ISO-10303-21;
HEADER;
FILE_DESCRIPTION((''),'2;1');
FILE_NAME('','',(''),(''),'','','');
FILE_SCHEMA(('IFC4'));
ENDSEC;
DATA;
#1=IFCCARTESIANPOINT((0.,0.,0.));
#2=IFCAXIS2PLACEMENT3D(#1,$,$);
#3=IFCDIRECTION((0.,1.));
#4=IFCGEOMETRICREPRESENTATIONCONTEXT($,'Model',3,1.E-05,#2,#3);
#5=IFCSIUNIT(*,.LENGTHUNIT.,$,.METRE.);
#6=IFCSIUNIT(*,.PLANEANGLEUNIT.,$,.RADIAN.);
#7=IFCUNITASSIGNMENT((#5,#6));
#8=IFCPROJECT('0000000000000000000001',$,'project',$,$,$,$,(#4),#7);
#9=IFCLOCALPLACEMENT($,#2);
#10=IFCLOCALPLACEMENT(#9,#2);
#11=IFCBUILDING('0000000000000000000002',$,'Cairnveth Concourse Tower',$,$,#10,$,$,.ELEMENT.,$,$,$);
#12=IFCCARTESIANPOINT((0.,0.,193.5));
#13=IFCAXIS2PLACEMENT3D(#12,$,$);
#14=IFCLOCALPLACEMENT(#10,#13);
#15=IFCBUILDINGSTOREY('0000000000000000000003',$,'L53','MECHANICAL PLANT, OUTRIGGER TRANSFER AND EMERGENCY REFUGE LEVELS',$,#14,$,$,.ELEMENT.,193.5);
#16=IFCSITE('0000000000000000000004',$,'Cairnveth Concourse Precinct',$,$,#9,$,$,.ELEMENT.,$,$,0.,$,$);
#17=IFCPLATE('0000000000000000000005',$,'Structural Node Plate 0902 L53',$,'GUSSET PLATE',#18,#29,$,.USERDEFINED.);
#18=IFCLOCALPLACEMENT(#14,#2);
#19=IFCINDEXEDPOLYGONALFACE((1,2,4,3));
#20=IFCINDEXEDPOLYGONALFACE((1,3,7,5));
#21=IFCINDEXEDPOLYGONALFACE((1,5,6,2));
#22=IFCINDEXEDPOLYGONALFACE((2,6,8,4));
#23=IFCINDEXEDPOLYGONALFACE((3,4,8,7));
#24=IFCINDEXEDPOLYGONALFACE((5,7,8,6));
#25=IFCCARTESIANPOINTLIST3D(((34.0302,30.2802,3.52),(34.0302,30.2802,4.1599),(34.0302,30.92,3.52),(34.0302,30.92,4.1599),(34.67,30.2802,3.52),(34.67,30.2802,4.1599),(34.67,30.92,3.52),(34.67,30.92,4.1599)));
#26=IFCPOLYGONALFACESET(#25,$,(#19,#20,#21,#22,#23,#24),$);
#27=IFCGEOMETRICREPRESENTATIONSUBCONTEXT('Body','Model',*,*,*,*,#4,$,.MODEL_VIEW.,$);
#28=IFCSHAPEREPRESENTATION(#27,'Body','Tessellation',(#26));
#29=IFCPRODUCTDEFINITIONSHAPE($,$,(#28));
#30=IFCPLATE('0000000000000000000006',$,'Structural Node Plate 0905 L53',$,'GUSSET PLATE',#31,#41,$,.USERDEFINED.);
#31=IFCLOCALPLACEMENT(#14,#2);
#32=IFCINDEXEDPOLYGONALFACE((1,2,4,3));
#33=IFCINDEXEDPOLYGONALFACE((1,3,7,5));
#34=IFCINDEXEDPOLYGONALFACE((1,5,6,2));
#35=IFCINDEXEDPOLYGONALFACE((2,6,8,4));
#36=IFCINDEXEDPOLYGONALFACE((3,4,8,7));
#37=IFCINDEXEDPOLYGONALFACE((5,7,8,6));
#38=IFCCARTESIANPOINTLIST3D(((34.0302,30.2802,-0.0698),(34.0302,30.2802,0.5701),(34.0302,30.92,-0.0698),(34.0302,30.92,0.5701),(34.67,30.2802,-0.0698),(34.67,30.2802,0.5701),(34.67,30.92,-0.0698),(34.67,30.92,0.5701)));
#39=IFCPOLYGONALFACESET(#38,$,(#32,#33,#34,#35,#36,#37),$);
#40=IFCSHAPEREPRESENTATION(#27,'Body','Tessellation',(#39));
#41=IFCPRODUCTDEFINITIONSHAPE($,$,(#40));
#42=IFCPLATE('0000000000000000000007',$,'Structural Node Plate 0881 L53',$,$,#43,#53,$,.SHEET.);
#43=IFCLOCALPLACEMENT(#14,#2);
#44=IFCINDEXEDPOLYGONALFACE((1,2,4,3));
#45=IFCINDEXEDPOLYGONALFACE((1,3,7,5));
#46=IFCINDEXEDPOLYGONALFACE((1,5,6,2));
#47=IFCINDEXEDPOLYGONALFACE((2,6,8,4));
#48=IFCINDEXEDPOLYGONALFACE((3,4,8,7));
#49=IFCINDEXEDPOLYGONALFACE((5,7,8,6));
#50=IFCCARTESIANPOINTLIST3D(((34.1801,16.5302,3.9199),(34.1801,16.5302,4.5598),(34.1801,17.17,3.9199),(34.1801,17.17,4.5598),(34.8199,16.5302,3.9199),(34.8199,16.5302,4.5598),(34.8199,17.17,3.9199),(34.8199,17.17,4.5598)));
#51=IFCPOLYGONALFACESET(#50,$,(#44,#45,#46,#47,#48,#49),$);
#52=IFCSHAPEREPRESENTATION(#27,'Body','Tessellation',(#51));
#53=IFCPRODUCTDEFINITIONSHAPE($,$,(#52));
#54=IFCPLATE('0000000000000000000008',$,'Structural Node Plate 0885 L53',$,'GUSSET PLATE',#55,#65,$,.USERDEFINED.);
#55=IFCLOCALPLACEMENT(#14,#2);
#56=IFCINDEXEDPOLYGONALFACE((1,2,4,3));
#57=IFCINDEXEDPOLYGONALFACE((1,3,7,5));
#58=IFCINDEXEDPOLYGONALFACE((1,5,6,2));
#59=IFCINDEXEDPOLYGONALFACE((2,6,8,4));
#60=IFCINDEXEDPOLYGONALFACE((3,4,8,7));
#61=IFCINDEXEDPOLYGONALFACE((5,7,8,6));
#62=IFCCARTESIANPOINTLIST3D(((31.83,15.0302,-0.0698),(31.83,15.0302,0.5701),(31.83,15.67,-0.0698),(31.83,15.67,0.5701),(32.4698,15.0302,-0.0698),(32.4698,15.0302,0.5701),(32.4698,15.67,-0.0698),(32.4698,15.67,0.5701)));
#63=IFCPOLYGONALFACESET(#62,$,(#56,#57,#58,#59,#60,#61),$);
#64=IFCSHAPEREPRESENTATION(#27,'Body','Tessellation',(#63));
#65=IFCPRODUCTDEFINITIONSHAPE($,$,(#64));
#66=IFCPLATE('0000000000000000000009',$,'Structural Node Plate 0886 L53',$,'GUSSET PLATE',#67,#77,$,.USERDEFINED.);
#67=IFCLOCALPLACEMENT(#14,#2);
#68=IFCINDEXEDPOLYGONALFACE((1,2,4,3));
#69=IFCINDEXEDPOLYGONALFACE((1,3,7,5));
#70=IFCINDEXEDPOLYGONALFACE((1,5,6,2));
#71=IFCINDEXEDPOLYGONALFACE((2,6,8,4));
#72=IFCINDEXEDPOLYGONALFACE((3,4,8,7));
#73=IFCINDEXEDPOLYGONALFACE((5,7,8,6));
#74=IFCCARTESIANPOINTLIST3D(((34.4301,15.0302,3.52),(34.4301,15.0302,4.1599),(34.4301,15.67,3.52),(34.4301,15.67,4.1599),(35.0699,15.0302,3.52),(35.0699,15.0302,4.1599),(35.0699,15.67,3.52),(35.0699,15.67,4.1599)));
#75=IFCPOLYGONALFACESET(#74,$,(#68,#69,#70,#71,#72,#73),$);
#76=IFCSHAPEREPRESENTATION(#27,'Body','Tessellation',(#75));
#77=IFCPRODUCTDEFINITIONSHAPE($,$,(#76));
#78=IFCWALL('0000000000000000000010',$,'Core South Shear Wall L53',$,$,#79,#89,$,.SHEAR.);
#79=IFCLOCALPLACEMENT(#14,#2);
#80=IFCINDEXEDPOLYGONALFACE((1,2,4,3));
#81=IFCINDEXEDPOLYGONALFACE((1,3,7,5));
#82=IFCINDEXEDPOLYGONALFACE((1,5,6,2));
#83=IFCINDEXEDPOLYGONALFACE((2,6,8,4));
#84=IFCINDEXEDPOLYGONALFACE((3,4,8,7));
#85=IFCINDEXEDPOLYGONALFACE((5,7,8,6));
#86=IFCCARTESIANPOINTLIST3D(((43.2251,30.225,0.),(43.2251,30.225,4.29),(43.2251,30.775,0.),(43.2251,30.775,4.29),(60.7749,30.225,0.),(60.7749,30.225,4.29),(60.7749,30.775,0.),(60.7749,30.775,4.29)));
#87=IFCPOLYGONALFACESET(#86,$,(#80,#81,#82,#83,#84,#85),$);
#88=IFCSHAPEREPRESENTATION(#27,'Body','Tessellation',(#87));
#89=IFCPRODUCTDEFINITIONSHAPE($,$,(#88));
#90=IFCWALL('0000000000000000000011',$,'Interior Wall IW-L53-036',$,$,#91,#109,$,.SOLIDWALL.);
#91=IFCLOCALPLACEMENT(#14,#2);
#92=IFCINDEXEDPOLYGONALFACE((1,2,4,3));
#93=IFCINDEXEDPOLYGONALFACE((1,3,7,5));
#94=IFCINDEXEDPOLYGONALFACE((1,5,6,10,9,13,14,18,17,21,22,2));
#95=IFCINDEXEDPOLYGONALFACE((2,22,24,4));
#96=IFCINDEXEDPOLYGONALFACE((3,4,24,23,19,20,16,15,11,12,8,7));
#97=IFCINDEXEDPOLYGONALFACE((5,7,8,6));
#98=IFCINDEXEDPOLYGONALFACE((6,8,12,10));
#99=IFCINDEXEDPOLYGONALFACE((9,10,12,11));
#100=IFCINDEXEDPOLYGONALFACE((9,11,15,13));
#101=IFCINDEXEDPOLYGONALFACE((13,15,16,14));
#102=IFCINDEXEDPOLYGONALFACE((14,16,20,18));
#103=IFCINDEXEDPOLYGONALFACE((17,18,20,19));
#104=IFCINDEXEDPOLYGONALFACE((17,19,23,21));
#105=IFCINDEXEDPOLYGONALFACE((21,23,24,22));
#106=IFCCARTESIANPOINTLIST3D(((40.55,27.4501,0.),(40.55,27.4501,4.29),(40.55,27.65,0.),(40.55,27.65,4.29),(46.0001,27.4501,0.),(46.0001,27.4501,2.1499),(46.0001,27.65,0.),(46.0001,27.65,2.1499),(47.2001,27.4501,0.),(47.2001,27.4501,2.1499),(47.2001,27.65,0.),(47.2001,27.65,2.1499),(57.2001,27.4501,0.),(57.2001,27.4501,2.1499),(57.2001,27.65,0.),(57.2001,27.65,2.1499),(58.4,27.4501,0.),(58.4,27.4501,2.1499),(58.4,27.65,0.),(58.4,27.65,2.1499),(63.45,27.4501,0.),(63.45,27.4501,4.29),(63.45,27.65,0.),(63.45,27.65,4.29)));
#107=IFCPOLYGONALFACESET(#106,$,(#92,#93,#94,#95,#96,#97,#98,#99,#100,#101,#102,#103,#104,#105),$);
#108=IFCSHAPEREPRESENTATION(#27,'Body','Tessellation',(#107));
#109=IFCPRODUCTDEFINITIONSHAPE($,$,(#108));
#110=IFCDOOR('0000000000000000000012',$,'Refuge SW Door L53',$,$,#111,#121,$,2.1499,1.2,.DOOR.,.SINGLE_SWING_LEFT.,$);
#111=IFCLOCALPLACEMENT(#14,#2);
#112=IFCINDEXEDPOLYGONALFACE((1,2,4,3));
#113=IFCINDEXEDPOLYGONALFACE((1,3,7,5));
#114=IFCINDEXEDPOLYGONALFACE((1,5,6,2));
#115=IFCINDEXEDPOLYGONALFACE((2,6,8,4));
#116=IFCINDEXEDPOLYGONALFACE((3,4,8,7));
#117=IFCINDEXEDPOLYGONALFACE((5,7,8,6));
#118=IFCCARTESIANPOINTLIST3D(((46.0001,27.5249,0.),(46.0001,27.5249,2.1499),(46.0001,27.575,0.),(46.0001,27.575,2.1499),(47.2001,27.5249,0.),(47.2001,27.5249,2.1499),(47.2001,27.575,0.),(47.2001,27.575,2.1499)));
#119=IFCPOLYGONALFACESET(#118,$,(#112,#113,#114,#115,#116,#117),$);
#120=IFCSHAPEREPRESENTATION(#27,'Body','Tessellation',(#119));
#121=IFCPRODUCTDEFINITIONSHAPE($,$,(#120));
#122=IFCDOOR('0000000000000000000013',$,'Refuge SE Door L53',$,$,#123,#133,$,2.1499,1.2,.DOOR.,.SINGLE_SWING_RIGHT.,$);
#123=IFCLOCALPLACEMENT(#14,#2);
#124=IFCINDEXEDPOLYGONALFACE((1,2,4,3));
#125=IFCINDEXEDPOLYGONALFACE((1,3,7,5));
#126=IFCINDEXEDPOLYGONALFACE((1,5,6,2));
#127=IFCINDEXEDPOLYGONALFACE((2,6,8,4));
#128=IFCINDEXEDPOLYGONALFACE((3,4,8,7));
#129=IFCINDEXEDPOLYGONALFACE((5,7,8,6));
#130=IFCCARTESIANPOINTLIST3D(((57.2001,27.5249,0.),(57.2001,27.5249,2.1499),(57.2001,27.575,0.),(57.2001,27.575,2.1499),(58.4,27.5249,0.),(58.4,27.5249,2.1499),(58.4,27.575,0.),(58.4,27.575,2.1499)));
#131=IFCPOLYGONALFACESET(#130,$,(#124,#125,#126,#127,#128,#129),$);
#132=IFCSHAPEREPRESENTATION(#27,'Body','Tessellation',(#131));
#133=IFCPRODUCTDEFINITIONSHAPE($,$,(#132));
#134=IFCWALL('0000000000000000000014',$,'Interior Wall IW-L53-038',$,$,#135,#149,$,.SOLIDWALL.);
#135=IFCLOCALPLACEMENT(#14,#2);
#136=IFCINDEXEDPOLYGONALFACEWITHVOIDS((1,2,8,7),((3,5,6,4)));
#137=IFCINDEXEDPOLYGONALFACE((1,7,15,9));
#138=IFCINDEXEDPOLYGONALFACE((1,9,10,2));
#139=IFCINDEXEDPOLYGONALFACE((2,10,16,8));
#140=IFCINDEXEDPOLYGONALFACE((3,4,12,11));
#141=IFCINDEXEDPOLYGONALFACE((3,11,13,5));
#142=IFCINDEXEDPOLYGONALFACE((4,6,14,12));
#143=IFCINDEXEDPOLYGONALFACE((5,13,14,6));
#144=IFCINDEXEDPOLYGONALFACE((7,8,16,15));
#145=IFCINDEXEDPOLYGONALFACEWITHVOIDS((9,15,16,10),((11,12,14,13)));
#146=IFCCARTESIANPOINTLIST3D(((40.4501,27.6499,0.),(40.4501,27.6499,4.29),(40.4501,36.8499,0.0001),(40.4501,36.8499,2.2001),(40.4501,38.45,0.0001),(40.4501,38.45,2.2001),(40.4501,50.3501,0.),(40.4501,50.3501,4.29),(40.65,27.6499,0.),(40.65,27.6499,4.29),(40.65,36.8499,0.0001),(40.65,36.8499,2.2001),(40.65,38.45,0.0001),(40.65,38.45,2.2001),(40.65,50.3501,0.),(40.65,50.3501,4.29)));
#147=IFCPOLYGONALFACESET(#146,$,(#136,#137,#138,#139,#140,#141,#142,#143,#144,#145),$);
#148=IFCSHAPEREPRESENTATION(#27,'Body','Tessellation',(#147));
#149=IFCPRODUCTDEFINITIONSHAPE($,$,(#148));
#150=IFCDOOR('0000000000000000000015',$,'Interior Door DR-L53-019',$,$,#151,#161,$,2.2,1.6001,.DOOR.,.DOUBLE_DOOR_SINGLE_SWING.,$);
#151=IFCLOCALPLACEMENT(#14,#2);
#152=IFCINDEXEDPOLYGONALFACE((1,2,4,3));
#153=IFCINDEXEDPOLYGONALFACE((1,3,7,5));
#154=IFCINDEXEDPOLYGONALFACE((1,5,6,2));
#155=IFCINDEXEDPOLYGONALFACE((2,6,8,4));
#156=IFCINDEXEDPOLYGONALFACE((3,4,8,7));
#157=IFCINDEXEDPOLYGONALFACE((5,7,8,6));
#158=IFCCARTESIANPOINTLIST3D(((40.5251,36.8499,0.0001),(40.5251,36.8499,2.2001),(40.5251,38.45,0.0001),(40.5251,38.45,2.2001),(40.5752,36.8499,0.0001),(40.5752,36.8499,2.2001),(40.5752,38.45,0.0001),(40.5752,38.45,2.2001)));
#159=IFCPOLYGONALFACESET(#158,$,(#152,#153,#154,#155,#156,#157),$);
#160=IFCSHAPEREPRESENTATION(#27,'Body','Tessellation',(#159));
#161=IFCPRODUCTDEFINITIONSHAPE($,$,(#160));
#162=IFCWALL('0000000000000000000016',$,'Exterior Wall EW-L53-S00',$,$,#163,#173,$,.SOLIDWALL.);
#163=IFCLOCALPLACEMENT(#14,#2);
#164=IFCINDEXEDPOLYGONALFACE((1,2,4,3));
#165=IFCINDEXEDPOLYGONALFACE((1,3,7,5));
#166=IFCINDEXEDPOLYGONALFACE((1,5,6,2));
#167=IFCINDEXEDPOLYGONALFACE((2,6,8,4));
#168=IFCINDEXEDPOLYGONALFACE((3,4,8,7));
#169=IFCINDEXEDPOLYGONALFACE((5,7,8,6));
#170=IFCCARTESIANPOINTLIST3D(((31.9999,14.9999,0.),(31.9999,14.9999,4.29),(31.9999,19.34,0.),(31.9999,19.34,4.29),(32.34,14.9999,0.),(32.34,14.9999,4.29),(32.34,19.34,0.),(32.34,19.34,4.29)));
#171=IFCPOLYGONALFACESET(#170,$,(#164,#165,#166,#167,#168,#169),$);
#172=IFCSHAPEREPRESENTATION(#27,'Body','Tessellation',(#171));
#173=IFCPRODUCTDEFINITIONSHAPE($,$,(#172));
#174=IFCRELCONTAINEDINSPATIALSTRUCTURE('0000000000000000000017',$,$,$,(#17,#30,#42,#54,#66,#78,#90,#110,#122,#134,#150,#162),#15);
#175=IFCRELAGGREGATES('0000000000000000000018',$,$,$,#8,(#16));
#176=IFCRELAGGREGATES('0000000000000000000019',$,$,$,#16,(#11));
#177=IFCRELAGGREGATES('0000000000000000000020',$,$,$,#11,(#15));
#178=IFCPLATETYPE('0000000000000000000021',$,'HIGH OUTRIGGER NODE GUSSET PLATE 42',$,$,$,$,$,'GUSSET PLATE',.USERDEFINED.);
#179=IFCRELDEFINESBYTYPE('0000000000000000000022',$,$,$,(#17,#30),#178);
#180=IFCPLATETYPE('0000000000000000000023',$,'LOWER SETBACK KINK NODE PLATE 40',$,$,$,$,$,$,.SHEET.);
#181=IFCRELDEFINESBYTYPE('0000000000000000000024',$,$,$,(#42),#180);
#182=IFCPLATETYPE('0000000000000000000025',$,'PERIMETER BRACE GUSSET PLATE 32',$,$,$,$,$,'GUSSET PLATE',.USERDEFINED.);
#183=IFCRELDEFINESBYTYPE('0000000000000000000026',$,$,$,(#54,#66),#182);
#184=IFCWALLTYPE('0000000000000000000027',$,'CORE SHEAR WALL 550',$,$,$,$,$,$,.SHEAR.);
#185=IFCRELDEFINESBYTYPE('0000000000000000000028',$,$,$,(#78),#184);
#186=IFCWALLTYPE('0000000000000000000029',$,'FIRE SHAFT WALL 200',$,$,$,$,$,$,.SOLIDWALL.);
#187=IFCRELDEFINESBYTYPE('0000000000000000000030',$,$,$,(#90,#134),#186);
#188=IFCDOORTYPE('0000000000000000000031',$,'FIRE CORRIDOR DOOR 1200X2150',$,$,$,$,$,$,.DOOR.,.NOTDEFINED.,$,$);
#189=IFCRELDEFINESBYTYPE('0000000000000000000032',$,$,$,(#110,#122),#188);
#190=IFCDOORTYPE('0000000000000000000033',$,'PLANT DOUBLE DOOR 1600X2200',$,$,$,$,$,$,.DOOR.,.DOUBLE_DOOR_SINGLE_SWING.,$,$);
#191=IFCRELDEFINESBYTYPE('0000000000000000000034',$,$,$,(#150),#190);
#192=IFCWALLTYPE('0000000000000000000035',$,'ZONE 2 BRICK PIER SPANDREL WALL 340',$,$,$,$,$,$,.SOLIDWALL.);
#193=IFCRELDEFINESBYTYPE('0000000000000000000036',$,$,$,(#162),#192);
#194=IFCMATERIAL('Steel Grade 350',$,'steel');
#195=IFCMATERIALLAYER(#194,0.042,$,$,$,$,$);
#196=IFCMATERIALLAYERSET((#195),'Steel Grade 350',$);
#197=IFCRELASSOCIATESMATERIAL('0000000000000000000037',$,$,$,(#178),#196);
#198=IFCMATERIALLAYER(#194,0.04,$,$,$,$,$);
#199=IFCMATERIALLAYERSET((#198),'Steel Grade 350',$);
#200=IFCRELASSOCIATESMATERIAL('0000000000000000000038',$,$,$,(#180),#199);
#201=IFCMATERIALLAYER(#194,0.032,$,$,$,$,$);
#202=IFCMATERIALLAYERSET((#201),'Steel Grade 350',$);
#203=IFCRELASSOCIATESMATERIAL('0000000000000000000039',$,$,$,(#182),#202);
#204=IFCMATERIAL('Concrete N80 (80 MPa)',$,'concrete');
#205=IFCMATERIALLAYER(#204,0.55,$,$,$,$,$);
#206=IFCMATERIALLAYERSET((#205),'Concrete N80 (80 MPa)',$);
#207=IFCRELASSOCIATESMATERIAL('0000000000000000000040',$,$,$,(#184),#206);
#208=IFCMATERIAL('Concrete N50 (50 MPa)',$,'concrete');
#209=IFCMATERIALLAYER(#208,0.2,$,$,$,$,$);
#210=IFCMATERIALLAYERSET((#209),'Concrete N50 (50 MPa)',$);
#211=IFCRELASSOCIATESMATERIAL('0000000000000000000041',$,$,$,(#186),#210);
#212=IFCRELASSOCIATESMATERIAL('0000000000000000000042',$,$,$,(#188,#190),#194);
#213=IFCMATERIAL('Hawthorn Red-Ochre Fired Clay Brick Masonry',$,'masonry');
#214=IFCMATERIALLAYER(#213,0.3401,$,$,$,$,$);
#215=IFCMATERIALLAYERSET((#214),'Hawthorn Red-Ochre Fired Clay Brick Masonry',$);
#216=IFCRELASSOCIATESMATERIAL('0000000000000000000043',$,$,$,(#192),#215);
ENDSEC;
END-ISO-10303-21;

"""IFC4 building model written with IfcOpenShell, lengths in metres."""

from ifc_helpers import new_model, si_unit, direction, frame, frame_2d, origin, origin_2d, place, context, subcontext, project, spatial, rectangle, extrude, material, layer, layer_set, type_object, element, fill, save


model = new_model("IFC4")

# Units and contexts
model_context = context("Model", 3, precision=1e-05, world=origin(), true_north=direction((0.0, 1.0)))
body_context = subcontext(model_context, "Body", "Model", "MODEL_VIEW")
ifc_project = project(units=[si_unit("LENGTHUNIT", "METRE"), si_unit("PLANEANGLEUNIT", "RADIAN")], contexts=[model_context])

# Site, building, storey
site_placement = place(None, origin())
site = spatial("IfcSite", under=ifc_project, at=site_placement, Name="Cairnveth Concourse Precinct", CompositionType="ELEMENT", RefElevation=0.0)
building_placement = place(site_placement, origin())
building = spatial("IfcBuilding", under=site, at=building_placement, Name="Cairnveth Concourse Tower", CompositionType="ELEMENT")
storey_placement = place(building_placement, frame((0.0, 0.0, 193.5)))
storey = spatial("IfcBuildingStorey", under=building, at=storey_placement, Name="L53", Description="MECHANICAL PLANT, OUTRIGGER TRANSFER AND EMERGENCY REFUGE LEVELS", CompositionType="ELEMENT", Elevation=193.5)

# Shared definitions
ifc_material_1 = material(Name="Steel Grade 350", Category="steel")

# Plates
ifc_layer_1 = layer(ifc_material_1, 0.042)
ifc_layer_set_1 = layer_set([ifc_layer_1], Name="Steel Grade 350")
plate_type_1 = type_object("IfcPlateType", Name="HIGH OUTRIGGER NODE GUSSET PLATE 42", ElementType="GUSSET PLATE", PredefinedType="USERDEFINED", material=ifc_layer_set_1)
for number, where, z_axis, x_axis, name in (
    (1, (34.3501, 30.6001, 3.52), (0.0, 0.0, 1.0), (1.0, 0.0, 0.0), "Structural Node Plate 0902 L53"),
    (2, (34.3501, 30.6001, -0.0698), (0.0, 0.0, 1.0), (1.0, 0.0, 0.0), "Structural Node Plate 0905 L53"),
):
    element("IfcPlate", number, at=place(storey_placement, frame(where, z_axis=z_axis, x_axis=x_axis)), inside=storey, type_object=plate_type_1, Name=name, ObjectType="GUSSET PLATE", PredefinedType="USERDEFINED", context=body_context, shape_type="SweptSolid", body=[
        extrude(rectangle(XDim=0.6399, YDim=0.6399, at=origin_2d()), origin(), (0.0, 0.0, 1.0), 0.6399),
    ])
ifc_layer_2 = layer(ifc_material_1, 0.04)
ifc_layer_set_2 = layer_set([ifc_layer_2], Name="Steel Grade 350")
plate_type_2 = type_object("IfcPlateType", Name="LOWER SETBACK KINK NODE PLATE 40", PredefinedType="SHEET", material=ifc_layer_set_2)
plate_placement = place(storey_placement, frame((34.5, 16.8501, 3.9199), z_axis=(0.0, 0.0, 1.0), x_axis=(1.0, 0.0, 0.0)))
element("IfcPlate", 3, at=plate_placement, inside=storey, type_object=plate_type_2, Name="Structural Node Plate 0881 L53", PredefinedType="SHEET", context=body_context, shape_type="SweptSolid", body=[
    extrude(rectangle(XDim=0.6399, YDim=0.6399, at=origin_2d()), origin(), (0.0, 0.0, 1.0), 0.6399),
])
ifc_layer_3 = layer(ifc_material_1, 0.032)
ifc_layer_set_3 = layer_set([ifc_layer_3], Name="Steel Grade 350")
plate_type_3 = type_object("IfcPlateType", Name="PERIMETER BRACE GUSSET PLATE 32", ElementType="GUSSET PLATE", PredefinedType="USERDEFINED", material=ifc_layer_set_3)
for number, where, z_axis, x_axis, name in (
    (4, (32.1499, 15.3501, -0.0698), (0.0, 0.0, 1.0), (1.0, 0.0, 0.0), "Structural Node Plate 0885 L53"),
    (5, (34.75, 15.3501, 3.52), (0.0, 0.0, 1.0), (1.0, 0.0, 0.0), "Structural Node Plate 0886 L53"),
):
    element("IfcPlate", number, at=place(storey_placement, frame(where, z_axis=z_axis, x_axis=x_axis)), inside=storey, type_object=plate_type_3, Name=name, ObjectType="GUSSET PLATE", PredefinedType="USERDEFINED", context=body_context, shape_type="SweptSolid", body=[
        extrude(rectangle(XDim=0.6399, YDim=0.6399, at=origin_2d()), origin(), (0.0, 0.0, 1.0), 0.6399),
    ])

# Wall
ifc_material_2 = material(Name="Concrete N80 (80 MPa)", Category="concrete")
ifc_layer_4 = layer(ifc_material_2, 0.55)
ifc_layer_set_4 = layer_set([ifc_layer_4], Name="Concrete N80 (80 MPa)")
wall_type_1 = type_object("IfcWallType", Name="CORE SHEAR WALL 550", PredefinedType="SHEAR", material=ifc_layer_set_4)
wall_1_placement = place(storey_placement, frame((43.2251, 30.5, 0.0), z_axis=(0.0, 0.0, 1.0), x_axis=(1.0, 0.0, 0.0)))
element("IfcWall", 6, at=wall_1_placement, inside=storey, type_object=wall_type_1, Name="Core South Shear Wall L53", PredefinedType="SHEAR", context=body_context, shape_type="SweptSolid", body=[
    extrude(rectangle(XDim=17.5498, YDim=0.55, at=frame_2d((8.7749, 0.0))), origin(), (0.0, 0.0, 1.0), 4.29),
])

# Wall, openings, doors
ifc_material_3 = material(Name="Concrete N50 (50 MPa)", Category="concrete")
ifc_layer_5 = layer(ifc_material_3, 0.2)
ifc_layer_set_5 = layer_set([ifc_layer_5], Name="Concrete N50 (50 MPa)")
wall_type_2 = type_object("IfcWallType", Name="FIRE SHAFT WALL 200", PredefinedType="SOLIDWALL", material=ifc_layer_set_5)
wall_2_placement = place(storey_placement, frame((40.55, 27.55, 0.0), z_axis=(0.0, 0.0, 1.0), x_axis=(1.0, 0.0, 0.0)))
wall_2 = element("IfcWall", 7, at=wall_2_placement, inside=storey, type_object=wall_type_2, Name="Interior Wall IW-L53-036", PredefinedType="SOLIDWALL", context=body_context, shape_type="SweptSolid", body=[
    extrude(rectangle(XDim=22.8999, YDim=0.2, at=frame_2d((11.45, 0.0))), origin(), (0.0, 0.0, 1.0), 4.29),
])
opening_1_placement = place(wall_2_placement, frame((5.45, 0.0, 0.0)))
opening_1 = element("IfcOpeningElement", 8, at=opening_1_placement, cuts=wall_2, PredefinedType="OPENING", context=body_context, shape_type="SweptSolid", body=[
    extrude(rectangle(XDim=1.2, YDim=2.1499, at=frame_2d((0.6001, 1.075))), frame((0.0, 0.1099, 0.0), z_axis=(0.0, -1.0, 0.0), x_axis=(1.0, 0.0, 0.0)), (0.0, 0.0, 1.0), 0.22),
])
opening_2_placement = place(wall_2_placement, frame((16.6499, 0.0, 0.0)))
opening_2 = element("IfcOpeningElement", 9, at=opening_2_placement, cuts=wall_2, PredefinedType="OPENING", context=body_context, shape_type="SweptSolid", body=[
    extrude(rectangle(XDim=1.2, YDim=2.1499, at=frame_2d((0.6001, 1.075))), frame((0.0, 0.1099, 0.0), z_axis=(0.0, -1.0, 0.0), x_axis=(1.0, 0.0, 0.0)), (0.0, 0.0, 1.0), 0.22),
])
door_type_1 = type_object("IfcDoorType", Name="FIRE CORRIDOR DOOR 1200X2150", OperationType="NOTDEFINED", PredefinedType="DOOR", material=ifc_material_1)
door_1_placement = place(opening_1_placement, origin())
door_1 = element("IfcDoor", 10, at=door_1_placement, inside=storey, type_object=door_type_1, Name="Refuge SW Door L53", OperationType="SINGLE_SWING_LEFT", OverallHeight=2.1499, OverallWidth=1.2, PredefinedType="DOOR", context=body_context, shape_type="SweptSolid", body=[
    extrude(rectangle(XDim=1.2, YDim=2.1499, at=frame_2d((0.6001, 1.075))), frame((0.0, 0.0249, 0.0), z_axis=(0.0, -1.0, 0.0), x_axis=(1.0, 0.0, 0.0)), (0.0, 0.0, 1.0), 0.05),
])
fill(opening_1, door_1)
door_2_placement = place(opening_2_placement, origin())
door_2 = element("IfcDoor", 11, at=door_2_placement, inside=storey, type_object=door_type_1, Name="Refuge SE Door L53", OperationType="SINGLE_SWING_RIGHT", OverallHeight=2.1499, OverallWidth=1.2, PredefinedType="DOOR", context=body_context, shape_type="SweptSolid", body=[
    extrude(rectangle(XDim=1.2, YDim=2.1499, at=frame_2d((0.6001, 1.075))), frame((0.0, 0.0249, 0.0), z_axis=(0.0, -1.0, 0.0), x_axis=(1.0, 0.0, 0.0)), (0.0, 0.0, 1.0), 0.05),
])
fill(opening_2, door_2)

# Wall, opening, door
wall_3_placement = place(storey_placement, frame((40.55, 27.6499, 0.0), z_axis=(0.0, 0.0, 1.0), x_axis=(0.0, 1.0, 0.0)))
wall_3 = element("IfcWall", 12, at=wall_3_placement, inside=storey, type_object=wall_type_2, Name="Interior Wall IW-L53-038", PredefinedType="SOLIDWALL", context=body_context, shape_type="SweptSolid", body=[
    extrude(rectangle(XDim=22.7002, YDim=0.2, at=frame_2d((11.3501, 0.0))), origin(), (0.0, 0.0, 1.0), 4.29),
])
opening_3_placement = place(wall_3_placement, frame((9.2, 0.0, 0.0)))
opening_3 = element("IfcOpeningElement", 13, at=opening_3_placement, cuts=wall_3, PredefinedType="OPENING", context=body_context, shape_type="SweptSolid", body=[
    extrude(rectangle(XDim=1.6001, YDim=2.2, at=frame_2d((0.8, 1.1001))), frame((0.0, 0.1099, 0.0), z_axis=(0.0, -1.0, 0.0), x_axis=(1.0, 0.0, 0.0)), (0.0, 0.0, 1.0), 0.22),
])
door_type_2 = type_object("IfcDoorType", Name="PLANT DOUBLE DOOR 1600X2200", OperationType="DOUBLE_DOOR_SINGLE_SWING", PredefinedType="DOOR", material=ifc_material_1)
door_3_placement = place(opening_3_placement, origin())
door_3 = element("IfcDoor", 14, at=door_3_placement, inside=storey, type_object=door_type_2, Name="Interior Door DR-L53-019", OperationType="DOUBLE_DOOR_SINGLE_SWING", OverallHeight=2.2, OverallWidth=1.6001, PredefinedType="DOOR", context=body_context, shape_type="SweptSolid", body=[
    extrude(rectangle(XDim=1.6001, YDim=2.2, at=frame_2d((0.8, 1.1001))), frame((0.0, 0.0249, 0.0), z_axis=(0.0, -1.0, 0.0), x_axis=(1.0, 0.0, 0.0)), (0.0, 0.0, 1.0), 0.05),
])
fill(opening_3, door_3)

# Wall
ifc_material_4 = material(Name="Hawthorn Red-Ochre Fired Clay Brick Masonry", Category="masonry")
ifc_layer_6 = layer(ifc_material_4, 0.3401)
ifc_layer_set_6 = layer_set([ifc_layer_6], Name="Hawthorn Red-Ochre Fired Clay Brick Masonry")
wall_type_3 = type_object("IfcWallType", Name="ZONE 2 BRICK PIER SPANDREL WALL 340", PredefinedType="SOLIDWALL", material=ifc_layer_set_6)
wall_4_placement = place(storey_placement, frame((32.1699, 15.0, 0.0), z_axis=(0.0, 0.0, 1.0), x_axis=(0.0, 1.0, 0.0)))
element("IfcWall", 15, at=wall_4_placement, inside=storey, type_object=wall_type_3, Name="Exterior Wall EW-L53-S00", PredefinedType="SOLIDWALL", context=body_context, shape_type="SweptSolid", body=[
    extrude(rectangle(XDim=4.3401, YDim=0.3401, at=frame_2d((2.1699, 0.0))), origin(), (0.0, 0.0, 1.0), 4.29),
])

save(model, "model.ifc")
